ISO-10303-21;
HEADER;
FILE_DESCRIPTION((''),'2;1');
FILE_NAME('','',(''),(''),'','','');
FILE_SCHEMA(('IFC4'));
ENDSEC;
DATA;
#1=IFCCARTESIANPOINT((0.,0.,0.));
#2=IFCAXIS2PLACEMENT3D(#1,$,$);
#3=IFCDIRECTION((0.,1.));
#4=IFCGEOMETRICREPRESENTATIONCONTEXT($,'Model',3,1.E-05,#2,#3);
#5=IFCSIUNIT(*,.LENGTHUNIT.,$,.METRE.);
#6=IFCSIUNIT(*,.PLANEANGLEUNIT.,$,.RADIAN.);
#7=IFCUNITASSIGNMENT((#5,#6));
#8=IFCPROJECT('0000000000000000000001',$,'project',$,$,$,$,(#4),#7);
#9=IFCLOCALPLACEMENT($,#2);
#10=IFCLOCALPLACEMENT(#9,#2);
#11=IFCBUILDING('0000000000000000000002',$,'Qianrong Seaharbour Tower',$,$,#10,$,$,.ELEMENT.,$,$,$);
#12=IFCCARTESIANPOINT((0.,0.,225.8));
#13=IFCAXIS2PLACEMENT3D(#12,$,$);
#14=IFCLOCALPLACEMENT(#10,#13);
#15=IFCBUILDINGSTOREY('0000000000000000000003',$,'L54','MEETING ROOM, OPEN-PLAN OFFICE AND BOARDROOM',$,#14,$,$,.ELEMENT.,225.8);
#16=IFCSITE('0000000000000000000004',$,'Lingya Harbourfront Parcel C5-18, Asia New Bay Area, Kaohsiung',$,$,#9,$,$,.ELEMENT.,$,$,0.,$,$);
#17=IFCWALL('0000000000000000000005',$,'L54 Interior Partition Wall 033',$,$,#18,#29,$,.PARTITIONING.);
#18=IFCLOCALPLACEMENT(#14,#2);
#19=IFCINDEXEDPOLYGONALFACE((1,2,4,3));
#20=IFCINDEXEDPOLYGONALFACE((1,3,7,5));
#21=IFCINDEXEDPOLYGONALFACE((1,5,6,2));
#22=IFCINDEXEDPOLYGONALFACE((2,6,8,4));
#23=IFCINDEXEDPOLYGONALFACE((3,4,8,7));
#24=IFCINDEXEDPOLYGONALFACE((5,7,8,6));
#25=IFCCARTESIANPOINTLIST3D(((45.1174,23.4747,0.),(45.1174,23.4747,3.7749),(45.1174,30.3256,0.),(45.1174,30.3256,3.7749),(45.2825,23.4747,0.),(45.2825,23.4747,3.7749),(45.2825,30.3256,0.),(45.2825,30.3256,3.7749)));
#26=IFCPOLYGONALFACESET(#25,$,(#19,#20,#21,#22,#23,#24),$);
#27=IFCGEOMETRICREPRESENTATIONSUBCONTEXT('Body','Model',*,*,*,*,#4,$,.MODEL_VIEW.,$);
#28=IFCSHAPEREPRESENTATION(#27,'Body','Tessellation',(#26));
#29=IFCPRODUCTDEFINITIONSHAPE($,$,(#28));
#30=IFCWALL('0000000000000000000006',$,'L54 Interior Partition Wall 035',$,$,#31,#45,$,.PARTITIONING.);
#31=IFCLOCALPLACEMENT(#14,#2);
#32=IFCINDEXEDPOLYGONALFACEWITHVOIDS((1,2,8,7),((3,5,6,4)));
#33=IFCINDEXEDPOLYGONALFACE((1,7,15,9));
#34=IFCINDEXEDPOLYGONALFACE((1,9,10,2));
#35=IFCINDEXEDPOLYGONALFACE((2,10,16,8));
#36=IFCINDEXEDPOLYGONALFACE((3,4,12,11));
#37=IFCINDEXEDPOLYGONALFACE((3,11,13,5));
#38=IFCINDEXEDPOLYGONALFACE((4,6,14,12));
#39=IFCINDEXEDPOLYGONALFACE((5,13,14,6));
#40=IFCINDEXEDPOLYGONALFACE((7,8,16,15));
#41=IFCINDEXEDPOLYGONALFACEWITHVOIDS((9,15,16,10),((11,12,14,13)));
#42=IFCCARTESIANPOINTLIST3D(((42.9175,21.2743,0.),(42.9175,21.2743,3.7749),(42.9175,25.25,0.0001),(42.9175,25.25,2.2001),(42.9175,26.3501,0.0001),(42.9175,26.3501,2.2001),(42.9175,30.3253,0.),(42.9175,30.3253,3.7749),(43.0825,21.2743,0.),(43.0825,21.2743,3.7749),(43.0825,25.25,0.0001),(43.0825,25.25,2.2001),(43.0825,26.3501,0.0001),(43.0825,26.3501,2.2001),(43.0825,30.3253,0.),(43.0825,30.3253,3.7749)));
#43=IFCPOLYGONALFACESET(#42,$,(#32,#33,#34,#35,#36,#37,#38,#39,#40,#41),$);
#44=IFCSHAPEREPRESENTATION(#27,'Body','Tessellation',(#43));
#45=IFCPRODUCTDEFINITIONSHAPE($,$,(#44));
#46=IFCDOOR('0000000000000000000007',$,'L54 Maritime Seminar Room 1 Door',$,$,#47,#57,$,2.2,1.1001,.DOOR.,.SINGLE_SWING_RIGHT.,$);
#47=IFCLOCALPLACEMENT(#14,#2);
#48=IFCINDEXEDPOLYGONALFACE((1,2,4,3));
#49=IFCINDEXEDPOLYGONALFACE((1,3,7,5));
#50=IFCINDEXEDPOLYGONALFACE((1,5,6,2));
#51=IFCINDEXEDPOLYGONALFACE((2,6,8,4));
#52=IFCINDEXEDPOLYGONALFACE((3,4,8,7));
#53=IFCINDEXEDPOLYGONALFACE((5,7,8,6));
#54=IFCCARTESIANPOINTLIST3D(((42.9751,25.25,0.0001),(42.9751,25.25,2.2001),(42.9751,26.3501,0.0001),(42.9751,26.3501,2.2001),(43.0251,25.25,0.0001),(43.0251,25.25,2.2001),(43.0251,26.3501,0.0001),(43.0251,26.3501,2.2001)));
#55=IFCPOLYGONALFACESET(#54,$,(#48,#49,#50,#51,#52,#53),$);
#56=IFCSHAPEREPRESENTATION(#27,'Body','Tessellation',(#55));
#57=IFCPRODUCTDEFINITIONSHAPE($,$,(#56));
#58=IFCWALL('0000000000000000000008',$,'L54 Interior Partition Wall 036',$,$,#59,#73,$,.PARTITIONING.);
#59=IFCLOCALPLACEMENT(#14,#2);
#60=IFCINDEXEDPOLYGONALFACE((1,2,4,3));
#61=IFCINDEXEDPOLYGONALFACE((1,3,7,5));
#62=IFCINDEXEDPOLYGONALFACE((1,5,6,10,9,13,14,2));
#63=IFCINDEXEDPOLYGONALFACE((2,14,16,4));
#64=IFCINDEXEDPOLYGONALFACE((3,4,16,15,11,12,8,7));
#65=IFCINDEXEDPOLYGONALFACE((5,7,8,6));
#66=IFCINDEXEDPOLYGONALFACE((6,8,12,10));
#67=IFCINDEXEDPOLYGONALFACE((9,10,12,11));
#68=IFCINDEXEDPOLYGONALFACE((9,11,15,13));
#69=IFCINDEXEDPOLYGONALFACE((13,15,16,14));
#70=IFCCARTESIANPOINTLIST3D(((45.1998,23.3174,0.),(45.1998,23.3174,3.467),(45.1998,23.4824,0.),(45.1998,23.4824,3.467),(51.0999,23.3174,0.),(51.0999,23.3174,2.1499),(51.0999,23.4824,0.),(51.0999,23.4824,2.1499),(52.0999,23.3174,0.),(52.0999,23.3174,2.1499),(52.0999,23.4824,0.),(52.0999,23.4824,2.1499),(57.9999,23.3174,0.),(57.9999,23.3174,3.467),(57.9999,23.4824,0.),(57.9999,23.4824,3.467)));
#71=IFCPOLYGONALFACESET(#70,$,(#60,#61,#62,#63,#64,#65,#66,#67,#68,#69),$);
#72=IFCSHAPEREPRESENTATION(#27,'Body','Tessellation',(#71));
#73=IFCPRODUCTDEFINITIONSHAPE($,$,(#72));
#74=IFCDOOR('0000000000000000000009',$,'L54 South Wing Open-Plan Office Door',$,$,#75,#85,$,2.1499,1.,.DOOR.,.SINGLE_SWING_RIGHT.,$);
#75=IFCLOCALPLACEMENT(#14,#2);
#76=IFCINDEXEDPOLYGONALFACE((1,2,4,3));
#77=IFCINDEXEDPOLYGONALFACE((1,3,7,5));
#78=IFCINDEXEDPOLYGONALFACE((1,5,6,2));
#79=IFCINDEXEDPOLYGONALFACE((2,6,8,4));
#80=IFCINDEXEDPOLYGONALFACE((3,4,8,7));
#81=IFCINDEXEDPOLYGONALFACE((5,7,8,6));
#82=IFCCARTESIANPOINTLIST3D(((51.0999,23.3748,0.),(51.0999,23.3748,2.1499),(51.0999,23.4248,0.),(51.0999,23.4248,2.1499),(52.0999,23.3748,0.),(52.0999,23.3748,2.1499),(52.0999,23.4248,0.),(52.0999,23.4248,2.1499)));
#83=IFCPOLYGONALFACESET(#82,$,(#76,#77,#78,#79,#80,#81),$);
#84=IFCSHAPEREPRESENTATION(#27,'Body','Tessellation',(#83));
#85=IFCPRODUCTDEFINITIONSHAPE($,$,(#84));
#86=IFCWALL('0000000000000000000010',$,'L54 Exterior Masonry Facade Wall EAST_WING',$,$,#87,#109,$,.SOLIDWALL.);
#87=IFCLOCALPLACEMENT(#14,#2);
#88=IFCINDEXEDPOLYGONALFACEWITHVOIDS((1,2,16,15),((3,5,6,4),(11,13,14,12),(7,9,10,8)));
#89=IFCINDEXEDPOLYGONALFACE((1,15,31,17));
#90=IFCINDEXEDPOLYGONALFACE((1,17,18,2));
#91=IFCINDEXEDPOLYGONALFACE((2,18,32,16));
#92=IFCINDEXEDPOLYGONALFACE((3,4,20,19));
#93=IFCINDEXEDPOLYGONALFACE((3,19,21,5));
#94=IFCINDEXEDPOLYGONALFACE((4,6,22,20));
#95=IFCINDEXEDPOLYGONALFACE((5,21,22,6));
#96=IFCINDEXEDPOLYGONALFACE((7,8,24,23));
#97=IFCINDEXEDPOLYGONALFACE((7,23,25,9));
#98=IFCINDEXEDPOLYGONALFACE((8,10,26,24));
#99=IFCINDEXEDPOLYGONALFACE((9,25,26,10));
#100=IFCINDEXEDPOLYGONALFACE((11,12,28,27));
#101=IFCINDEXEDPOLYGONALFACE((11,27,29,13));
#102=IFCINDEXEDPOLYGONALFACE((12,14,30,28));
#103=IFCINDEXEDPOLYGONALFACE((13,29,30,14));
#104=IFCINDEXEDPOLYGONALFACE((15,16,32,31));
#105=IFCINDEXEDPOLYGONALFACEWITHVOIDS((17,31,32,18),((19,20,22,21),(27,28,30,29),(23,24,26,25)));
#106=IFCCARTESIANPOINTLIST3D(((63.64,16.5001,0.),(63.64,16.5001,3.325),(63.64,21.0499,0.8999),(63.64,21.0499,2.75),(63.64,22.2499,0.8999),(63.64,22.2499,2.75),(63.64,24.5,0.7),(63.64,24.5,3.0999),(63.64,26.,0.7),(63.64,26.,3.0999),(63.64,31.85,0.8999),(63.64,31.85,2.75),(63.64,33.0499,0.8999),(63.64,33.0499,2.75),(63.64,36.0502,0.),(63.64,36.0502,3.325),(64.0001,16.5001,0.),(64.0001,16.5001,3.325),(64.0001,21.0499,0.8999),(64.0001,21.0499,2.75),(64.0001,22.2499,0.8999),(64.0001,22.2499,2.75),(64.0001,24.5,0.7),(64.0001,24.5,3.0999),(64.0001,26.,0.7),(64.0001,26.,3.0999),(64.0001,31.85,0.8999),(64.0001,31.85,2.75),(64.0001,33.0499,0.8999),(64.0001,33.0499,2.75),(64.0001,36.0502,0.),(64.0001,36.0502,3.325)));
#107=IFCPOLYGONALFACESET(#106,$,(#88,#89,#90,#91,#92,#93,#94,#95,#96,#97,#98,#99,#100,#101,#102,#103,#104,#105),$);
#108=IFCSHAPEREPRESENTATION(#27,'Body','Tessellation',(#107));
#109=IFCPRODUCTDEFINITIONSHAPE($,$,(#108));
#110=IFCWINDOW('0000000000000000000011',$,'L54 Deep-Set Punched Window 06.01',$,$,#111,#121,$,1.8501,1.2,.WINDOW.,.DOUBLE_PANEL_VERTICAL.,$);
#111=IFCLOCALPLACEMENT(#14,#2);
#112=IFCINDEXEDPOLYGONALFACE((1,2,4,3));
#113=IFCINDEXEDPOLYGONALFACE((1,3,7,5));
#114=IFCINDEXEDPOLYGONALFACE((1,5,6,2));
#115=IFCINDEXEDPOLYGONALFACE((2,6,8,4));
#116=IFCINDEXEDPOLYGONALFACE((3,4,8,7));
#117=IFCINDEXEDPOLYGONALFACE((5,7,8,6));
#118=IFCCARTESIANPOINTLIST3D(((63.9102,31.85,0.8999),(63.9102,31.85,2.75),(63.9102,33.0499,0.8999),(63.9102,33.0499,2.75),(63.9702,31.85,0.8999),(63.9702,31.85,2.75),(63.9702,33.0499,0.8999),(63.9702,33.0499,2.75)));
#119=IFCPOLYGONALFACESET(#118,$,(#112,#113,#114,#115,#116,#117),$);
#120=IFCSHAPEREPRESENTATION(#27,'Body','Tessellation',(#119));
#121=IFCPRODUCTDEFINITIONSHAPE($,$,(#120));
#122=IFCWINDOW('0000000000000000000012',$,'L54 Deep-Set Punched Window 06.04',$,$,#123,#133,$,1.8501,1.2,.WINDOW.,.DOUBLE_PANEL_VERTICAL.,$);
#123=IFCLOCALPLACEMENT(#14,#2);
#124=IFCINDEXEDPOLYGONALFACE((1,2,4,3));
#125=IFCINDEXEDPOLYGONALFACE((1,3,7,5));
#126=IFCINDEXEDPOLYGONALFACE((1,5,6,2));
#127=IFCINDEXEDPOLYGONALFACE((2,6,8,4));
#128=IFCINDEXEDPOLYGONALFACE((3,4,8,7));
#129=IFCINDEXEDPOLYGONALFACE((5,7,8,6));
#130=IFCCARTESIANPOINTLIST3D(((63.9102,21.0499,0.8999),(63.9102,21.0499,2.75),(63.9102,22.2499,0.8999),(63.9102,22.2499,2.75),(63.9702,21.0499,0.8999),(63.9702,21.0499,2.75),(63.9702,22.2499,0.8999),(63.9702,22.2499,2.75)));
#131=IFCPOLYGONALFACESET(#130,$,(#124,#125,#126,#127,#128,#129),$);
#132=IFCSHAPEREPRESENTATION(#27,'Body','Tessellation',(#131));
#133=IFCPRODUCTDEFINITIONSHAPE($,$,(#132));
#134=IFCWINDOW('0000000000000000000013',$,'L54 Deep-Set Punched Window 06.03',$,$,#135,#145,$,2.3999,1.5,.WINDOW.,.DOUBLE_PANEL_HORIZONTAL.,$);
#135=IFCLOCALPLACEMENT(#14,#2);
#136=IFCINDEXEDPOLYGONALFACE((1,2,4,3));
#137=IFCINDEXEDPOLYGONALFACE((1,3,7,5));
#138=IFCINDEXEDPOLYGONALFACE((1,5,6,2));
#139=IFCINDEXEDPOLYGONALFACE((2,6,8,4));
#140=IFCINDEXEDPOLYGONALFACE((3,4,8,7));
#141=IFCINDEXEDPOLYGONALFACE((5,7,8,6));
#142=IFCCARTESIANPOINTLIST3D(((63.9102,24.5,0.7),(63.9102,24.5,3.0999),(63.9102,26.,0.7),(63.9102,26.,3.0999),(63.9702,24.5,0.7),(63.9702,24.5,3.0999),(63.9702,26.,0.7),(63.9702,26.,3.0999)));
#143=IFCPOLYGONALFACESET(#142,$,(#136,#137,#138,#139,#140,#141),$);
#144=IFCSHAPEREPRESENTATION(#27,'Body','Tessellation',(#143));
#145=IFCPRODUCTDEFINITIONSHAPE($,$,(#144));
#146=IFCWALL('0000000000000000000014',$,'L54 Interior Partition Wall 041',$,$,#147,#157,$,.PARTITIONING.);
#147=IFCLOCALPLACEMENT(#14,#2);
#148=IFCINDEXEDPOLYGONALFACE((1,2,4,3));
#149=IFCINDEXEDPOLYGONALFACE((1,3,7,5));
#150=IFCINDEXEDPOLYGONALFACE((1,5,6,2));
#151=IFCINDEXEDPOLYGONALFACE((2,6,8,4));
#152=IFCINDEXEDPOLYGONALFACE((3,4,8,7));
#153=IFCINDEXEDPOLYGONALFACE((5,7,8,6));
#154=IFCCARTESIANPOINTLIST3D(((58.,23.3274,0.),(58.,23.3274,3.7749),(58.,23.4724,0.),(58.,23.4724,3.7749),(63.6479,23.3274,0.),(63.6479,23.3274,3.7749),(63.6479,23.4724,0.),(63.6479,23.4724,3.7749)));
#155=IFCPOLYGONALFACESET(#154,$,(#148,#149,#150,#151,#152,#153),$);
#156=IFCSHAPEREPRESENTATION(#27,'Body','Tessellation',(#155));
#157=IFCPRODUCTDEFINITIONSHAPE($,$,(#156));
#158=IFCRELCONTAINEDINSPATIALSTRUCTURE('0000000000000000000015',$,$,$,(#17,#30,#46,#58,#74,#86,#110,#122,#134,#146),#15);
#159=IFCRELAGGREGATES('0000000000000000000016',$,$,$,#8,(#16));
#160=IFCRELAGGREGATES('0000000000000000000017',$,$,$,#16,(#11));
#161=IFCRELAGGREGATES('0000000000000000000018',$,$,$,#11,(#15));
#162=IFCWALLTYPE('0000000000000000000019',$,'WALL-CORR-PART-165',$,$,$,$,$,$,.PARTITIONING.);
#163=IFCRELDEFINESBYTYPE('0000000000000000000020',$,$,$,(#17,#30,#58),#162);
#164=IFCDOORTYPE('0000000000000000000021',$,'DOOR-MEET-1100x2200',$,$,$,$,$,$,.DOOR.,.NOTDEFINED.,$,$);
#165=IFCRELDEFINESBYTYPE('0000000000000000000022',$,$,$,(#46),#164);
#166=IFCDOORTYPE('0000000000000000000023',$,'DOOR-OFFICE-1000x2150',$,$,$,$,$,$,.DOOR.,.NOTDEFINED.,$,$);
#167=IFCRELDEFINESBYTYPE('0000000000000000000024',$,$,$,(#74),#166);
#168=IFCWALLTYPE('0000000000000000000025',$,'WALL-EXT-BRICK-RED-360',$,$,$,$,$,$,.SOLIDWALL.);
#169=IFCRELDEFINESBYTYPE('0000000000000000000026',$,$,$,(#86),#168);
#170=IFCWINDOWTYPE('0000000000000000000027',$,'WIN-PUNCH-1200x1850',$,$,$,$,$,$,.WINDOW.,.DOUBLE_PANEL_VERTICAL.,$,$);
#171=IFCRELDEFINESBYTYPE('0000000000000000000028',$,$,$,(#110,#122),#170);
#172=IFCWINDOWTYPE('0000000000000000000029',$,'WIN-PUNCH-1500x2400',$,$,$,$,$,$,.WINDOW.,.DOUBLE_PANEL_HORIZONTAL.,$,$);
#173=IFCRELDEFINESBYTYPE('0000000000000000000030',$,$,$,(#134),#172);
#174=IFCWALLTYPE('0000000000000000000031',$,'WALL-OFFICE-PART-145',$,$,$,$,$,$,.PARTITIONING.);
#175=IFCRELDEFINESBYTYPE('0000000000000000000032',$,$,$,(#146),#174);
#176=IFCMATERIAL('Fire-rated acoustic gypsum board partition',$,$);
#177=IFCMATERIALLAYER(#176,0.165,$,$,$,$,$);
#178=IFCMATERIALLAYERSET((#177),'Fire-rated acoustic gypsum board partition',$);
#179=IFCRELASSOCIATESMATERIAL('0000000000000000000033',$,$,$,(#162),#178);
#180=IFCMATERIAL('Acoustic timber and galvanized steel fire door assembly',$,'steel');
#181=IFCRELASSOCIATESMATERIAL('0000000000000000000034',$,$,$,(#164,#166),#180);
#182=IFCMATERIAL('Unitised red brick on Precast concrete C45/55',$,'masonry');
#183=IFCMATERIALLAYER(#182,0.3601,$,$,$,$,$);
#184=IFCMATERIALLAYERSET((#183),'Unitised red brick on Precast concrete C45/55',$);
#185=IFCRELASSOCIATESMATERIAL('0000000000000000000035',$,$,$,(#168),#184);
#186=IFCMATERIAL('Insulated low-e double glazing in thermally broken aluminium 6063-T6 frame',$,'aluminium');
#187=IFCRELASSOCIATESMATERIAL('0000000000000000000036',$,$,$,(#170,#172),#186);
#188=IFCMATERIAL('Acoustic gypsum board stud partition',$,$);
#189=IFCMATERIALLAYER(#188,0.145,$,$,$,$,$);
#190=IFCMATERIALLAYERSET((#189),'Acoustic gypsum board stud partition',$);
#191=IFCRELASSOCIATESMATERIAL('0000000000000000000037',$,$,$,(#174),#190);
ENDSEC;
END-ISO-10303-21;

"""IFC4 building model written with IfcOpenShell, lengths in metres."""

from ifc_helpers import new_model, si_unit, direction, frame, frame_2d, origin, place, context, subcontext, project, spatial, rectangle, extrude, material, layer, layer_set, type_object, element, fill, save


model = new_model("IFC4")

# Units and contexts
model_context = context("Model", 3, precision=1e-05, world=origin(), true_north=direction((0.0, 1.0)))
body_context = subcontext(model_context, "Body", "Model", "MODEL_VIEW")
ifc_project = project(units=[si_unit("LENGTHUNIT", "METRE"), si_unit("PLANEANGLEUNIT", "RADIAN")], contexts=[model_context])

# Site, building, storey
site_placement = place(None, origin())
site = spatial("IfcSite", under=ifc_project, at=site_placement, Name="Lingya Harbourfront Parcel C5-18, Asia New Bay Area, Kaohsiung", CompositionType="ELEMENT", RefElevation=0.0)
building_placement = place(site_placement, origin())
building = spatial("IfcBuilding", under=site, at=building_placement, Name="Qianrong Seaharbour Tower", CompositionType="ELEMENT")
storey_placement = place(building_placement, frame((0.0, 0.0, 225.8)))
storey = spatial("IfcBuildingStorey", under=building, at=storey_placement, Name="L54", Description="MEETING ROOM, OPEN-PLAN OFFICE AND BOARDROOM", CompositionType="ELEMENT", Elevation=225.8)

# Wall
ifc_material_1 = material(Name="Fire-rated acoustic gypsum board partition")
ifc_layer_1 = layer(ifc_material_1, 0.165)
ifc_layer_set_1 = layer_set([ifc_layer_1], Name="Fire-rated acoustic gypsum board partition")
wall_type_1 = type_object("IfcWallType", Name="WALL-CORR-PART-165", PredefinedType="PARTITIONING", material=ifc_layer_set_1)
wall_1_placement = place(storey_placement, frame((45.2, 30.3254, 0.0), z_axis=(0.0, 0.0, 1.0), x_axis=(0.0, -1.0, 0.0)))
element("IfcWall", 1, at=wall_1_placement, inside=storey, type_object=wall_type_1, Name="L54 Interior Partition Wall 033", PredefinedType="PARTITIONING", context=body_context, shape_type="SweptSolid", body=[
    extrude(rectangle(XDim=6.8508, YDim=0.165, at=frame_2d((3.4253, 0.0))), origin(), (0.0, 0.0, 1.0), 3.7749),
])

# Walls, openings, doors
wall_2_placement = place(storey_placement, frame((43.0, 21.2744, 0.0), z_axis=(0.0, 0.0, 1.0), x_axis=(0.0, 1.0, 0.0)))
wall_2 = element("IfcWall", 2, at=wall_2_placement, inside=storey, type_object=wall_type_1, Name="L54 Interior Partition Wall 035", PredefinedType="PARTITIONING", context=body_context, shape_type="SweptSolid", body=[
    extrude(rectangle(XDim=9.051, YDim=0.165, at=frame_2d((4.5254, 0.0))), origin(), (0.0, 0.0, 1.0), 3.7749),
])
opening_1_placement = place(wall_2_placement, frame((3.9756, 0.0, 0.0)))
opening_1 = element("IfcOpeningElement", 3, at=opening_1_placement, cuts=wall_2, PredefinedType="OPENING", context=body_context, shape_type="SweptSolid", body=[
    extrude(rectangle(XDim=1.1001, YDim=2.2, at=frame_2d((0.55, 1.1001))), frame((0.0, 0.0925, 0.0), z_axis=(0.0, -1.0, 0.0), x_axis=(1.0, 0.0, 0.0)), (0.0, 0.0, 1.0), 0.1851),
])
ifc_material_2 = material(Name="Acoustic timber and galvanized steel fire door assembly", Category="steel")
door_type_1 = type_object("IfcDoorType", Name="DOOR-MEET-1100x2200", OperationType="NOTDEFINED", PredefinedType="DOOR", material=ifc_material_2)
door_1_placement = place(opening_1_placement, origin())
door_1 = element("IfcDoor", 4, at=door_1_placement, inside=storey, type_object=door_type_1, Name="L54 Maritime Seminar Room 1 Door", OperationType="SINGLE_SWING_RIGHT", OverallHeight=2.2, OverallWidth=1.1001, PredefinedType="DOOR", context=body_context, shape_type="SweptSolid", body=[
    extrude(rectangle(XDim=1.1001, YDim=2.2, at=frame_2d((0.55, 1.1001))), frame((0.0, 0.0249, 0.0), z_axis=(0.0, -1.0, 0.0), x_axis=(1.0, 0.0, 0.0)), (0.0, 0.0, 1.0), 0.05),
])
fill(opening_1, door_1)
wall_3_placement = place(storey_placement, frame((45.2, 23.3999, 0.0), z_axis=(0.0, 0.0, 1.0), x_axis=(1.0, 0.0, 0.0)))
wall_3 = element("IfcWall", 5, at=wall_3_placement, inside=storey, type_object=wall_type_1, Name="L54 Interior Partition Wall 036", PredefinedType="PARTITIONING", context=body_context, shape_type="SweptSolid", body=[
    extrude(rectangle(XDim=12.8, YDim=0.165, at=frame_2d((6.3999, 0.0))), origin(), (0.0, 0.0, 1.0), 3.467),
])
opening_2_placement = place(wall_3_placement, frame((5.8999, 0.0, 0.0)))
opening_2 = element("IfcOpeningElement", 6, at=opening_2_placement, cuts=wall_3, PredefinedType="OPENING", context=body_context, shape_type="SweptSolid", body=[
    extrude(rectangle(XDim=1.0, YDim=2.1499, at=frame_2d((0.5, 1.075))), frame((0.0, 0.0925, 0.0), z_axis=(0.0, -1.0, 0.0), x_axis=(1.0, 0.0, 0.0)), (0.0, 0.0, 1.0), 0.1851),
])
door_type_2 = type_object("IfcDoorType", Name="DOOR-OFFICE-1000x2150", OperationType="NOTDEFINED", PredefinedType="DOOR", material=ifc_material_2)
door_2_placement = place(opening_2_placement, origin())
door_2 = element("IfcDoor", 7, at=door_2_placement, inside=storey, type_object=door_type_2, Name="L54 South Wing Open-Plan Office Door", OperationType="SINGLE_SWING_RIGHT", OverallHeight=2.1499, OverallWidth=1.0, PredefinedType="DOOR", context=body_context, shape_type="SweptSolid", body=[
    extrude(rectangle(XDim=1.0, YDim=2.1499, at=frame_2d((0.5, 1.075))), frame((0.0, 0.0249, 0.0), z_axis=(0.0, -1.0, 0.0), x_axis=(1.0, 0.0, 0.0)), (0.0, 0.0, 1.0), 0.05),
])
fill(opening_2, door_2)

# Wall, openings, windows
ifc_material_3 = material(Name="Unitised red brick on Precast concrete C45/55", Category="masonry")
ifc_layer_2 = layer(ifc_material_3, 0.3601)
ifc_layer_set_2 = layer_set([ifc_layer_2], Name="Unitised red brick on Precast concrete C45/55")
wall_type_2 = type_object("IfcWallType", Name="WALL-EXT-BRICK-RED-360", PredefinedType="SOLIDWALL", material=ifc_layer_set_2)
wall_4_placement = place(storey_placement, frame((63.8201, 36.05, 0.0), z_axis=(0.0, 0.0, 1.0), x_axis=(0.0, -1.0, 0.0)))
wall_4 = element("IfcWall", 8, at=wall_4_placement, inside=storey, type_object=wall_type_2, Name="L54 Exterior Masonry Facade Wall EAST_WING", PredefinedType="SOLIDWALL", context=body_context, shape_type="SweptSolid", body=[
    extrude(rectangle(XDim=19.55, YDim=0.3601, at=frame_2d((9.7749, 0.0))), origin(), (0.0, 0.0, 1.0), 3.325),
])
opening_3_placement = place(wall_4_placement, frame((3.0, 0.0, 0.8999)))
opening_3 = element("IfcOpeningElement", 9, at=opening_3_placement, cuts=wall_4, PredefinedType="OPENING", context=body_context, shape_type="SweptSolid", body=[
    extrude(rectangle(XDim=1.2, YDim=1.8501, at=frame_2d((0.6001, 0.925))), frame((0.0, 0.1899, 0.0), z_axis=(0.0, -1.0, 0.0), x_axis=(1.0, 0.0, 0.0)), (0.0, 0.0, 1.0), 0.3801),
])
opening_4_placement = place(wall_4_placement, frame((10.05, 0.0, 0.7)))
opening_4 = element("IfcOpeningElement", 10, at=opening_4_placement, cuts=wall_4, PredefinedType="OPENING", context=body_context, shape_type="SweptSolid", body=[
    extrude(rectangle(XDim=1.5, YDim=2.3999, at=frame_2d((0.75, 1.2))), frame((0.0, 0.1899, 0.0), z_axis=(0.0, -1.0, 0.0), x_axis=(1.0, 0.0, 0.0)), (0.0, 0.0, 1.0), 0.3801),
])
opening_5_placement = place(wall_4_placement, frame((13.8, 0.0, 0.8999)))
opening_5 = element("IfcOpeningElement", 11, at=opening_5_placement, cuts=wall_4, PredefinedType="OPENING", context=body_context, shape_type="SweptSolid", body=[
    extrude(rectangle(XDim=1.2, YDim=1.8501, at=frame_2d((0.6001, 0.925))), frame((0.0, 0.1899, 0.0), z_axis=(0.0, -1.0, 0.0), x_axis=(1.0, 0.0, 0.0)), (0.0, 0.0, 1.0), 0.3801),
])
ifc_material_4 = material(Name="Insulated low-e double glazing in thermally broken aluminium 6063-T6 frame", Category="aluminium")
window_type_1 = type_object("IfcWindowType", Name="WIN-PUNCH-1200x1850", PartitioningType="DOUBLE_PANEL_VERTICAL", PredefinedType="WINDOW", material=ifc_material_4)
window_1_placement = place(opening_3_placement, origin())
window_1 = element("IfcWindow", 12, at=window_1_placement, inside=storey, type_object=window_type_1, Name="L54 Deep-Set Punched Window 06.01", OverallHeight=1.8501, OverallWidth=1.2, PartitioningType="DOUBLE_PANEL_VERTICAL", PredefinedType="WINDOW", context=body_context, shape_type="SweptSolid", body=[
    extrude(rectangle(XDim=1.2, YDim=1.8501, at=frame_2d((0.6001, 0.925))), frame((0.0, 0.1501, 0.0), z_axis=(0.0, -1.0, 0.0), x_axis=(1.0, 0.0, 0.0)), (0.0, 0.0, 1.0), 0.0601),
])
fill(opening_3, window_1)
window_2_placement = place(opening_5_placement, origin())
window_2 = element("IfcWindow", 13, at=window_2_placement, inside=storey, type_object=window_type_1, Name="L54 Deep-Set Punched Window 06.04", OverallHeight=1.8501, OverallWidth=1.2, PartitioningType="DOUBLE_PANEL_VERTICAL", PredefinedType="WINDOW", context=body_context, shape_type="SweptSolid", body=[
    extrude(rectangle(XDim=1.2, YDim=1.8501, at=frame_2d((0.6001, 0.925))), frame((0.0, 0.1501, 0.0), z_axis=(0.0, -1.0, 0.0), x_axis=(1.0, 0.0, 0.0)), (0.0, 0.0, 1.0), 0.0601),
])
fill(opening_5, window_2)
window_type_2 = type_object("IfcWindowType", Name="WIN-PUNCH-1500x2400", PartitioningType="DOUBLE_PANEL_HORIZONTAL", PredefinedType="WINDOW", material=ifc_material_4)
window_3_placement = place(opening_4_placement, origin())
window_3 = element("IfcWindow", 14, at=window_3_placement, inside=storey, type_object=window_type_2, Name="L54 Deep-Set Punched Window 06.03", OverallHeight=2.3999, OverallWidth=1.5, PartitioningType="DOUBLE_PANEL_HORIZONTAL", PredefinedType="WINDOW", context=body_context, shape_type="SweptSolid", body=[
    extrude(rectangle(XDim=1.5, YDim=2.3999, at=frame_2d((0.75, 1.2))), frame((0.0, 0.1501, 0.0), z_axis=(0.0, -1.0, 0.0), x_axis=(1.0, 0.0, 0.0)), (0.0, 0.0, 1.0), 0.0601),
])
fill(opening_4, window_3)

# Wall
ifc_material_5 = material(Name="Acoustic gypsum board stud partition")
ifc_layer_3 = layer(ifc_material_5, 0.145)
ifc_layer_set_3 = layer_set([ifc_layer_3], Name="Acoustic gypsum board stud partition")
wall_type_3 = type_object("IfcWallType", Name="WALL-OFFICE-PART-145", PredefinedType="PARTITIONING", material=ifc_layer_set_3)
wall_5_placement = place(storey_placement, frame((63.6479, 23.3999, 0.0), z_axis=(0.0, 0.0, 1.0), x_axis=(-1.0, 0.0, 0.0)))
element("IfcWall", 15, at=wall_5_placement, inside=storey, type_object=wall_type_3, Name="L54 Interior Partition Wall 041", PredefinedType="PARTITIONING", context=body_context, shape_type="SweptSolid", body=[
    extrude(rectangle(XDim=5.6479, YDim=0.145, at=frame_2d((2.824, 0.0))), origin(), (0.0, 0.0, 1.0), 3.7749),
])

save(model, "model.ifc")
